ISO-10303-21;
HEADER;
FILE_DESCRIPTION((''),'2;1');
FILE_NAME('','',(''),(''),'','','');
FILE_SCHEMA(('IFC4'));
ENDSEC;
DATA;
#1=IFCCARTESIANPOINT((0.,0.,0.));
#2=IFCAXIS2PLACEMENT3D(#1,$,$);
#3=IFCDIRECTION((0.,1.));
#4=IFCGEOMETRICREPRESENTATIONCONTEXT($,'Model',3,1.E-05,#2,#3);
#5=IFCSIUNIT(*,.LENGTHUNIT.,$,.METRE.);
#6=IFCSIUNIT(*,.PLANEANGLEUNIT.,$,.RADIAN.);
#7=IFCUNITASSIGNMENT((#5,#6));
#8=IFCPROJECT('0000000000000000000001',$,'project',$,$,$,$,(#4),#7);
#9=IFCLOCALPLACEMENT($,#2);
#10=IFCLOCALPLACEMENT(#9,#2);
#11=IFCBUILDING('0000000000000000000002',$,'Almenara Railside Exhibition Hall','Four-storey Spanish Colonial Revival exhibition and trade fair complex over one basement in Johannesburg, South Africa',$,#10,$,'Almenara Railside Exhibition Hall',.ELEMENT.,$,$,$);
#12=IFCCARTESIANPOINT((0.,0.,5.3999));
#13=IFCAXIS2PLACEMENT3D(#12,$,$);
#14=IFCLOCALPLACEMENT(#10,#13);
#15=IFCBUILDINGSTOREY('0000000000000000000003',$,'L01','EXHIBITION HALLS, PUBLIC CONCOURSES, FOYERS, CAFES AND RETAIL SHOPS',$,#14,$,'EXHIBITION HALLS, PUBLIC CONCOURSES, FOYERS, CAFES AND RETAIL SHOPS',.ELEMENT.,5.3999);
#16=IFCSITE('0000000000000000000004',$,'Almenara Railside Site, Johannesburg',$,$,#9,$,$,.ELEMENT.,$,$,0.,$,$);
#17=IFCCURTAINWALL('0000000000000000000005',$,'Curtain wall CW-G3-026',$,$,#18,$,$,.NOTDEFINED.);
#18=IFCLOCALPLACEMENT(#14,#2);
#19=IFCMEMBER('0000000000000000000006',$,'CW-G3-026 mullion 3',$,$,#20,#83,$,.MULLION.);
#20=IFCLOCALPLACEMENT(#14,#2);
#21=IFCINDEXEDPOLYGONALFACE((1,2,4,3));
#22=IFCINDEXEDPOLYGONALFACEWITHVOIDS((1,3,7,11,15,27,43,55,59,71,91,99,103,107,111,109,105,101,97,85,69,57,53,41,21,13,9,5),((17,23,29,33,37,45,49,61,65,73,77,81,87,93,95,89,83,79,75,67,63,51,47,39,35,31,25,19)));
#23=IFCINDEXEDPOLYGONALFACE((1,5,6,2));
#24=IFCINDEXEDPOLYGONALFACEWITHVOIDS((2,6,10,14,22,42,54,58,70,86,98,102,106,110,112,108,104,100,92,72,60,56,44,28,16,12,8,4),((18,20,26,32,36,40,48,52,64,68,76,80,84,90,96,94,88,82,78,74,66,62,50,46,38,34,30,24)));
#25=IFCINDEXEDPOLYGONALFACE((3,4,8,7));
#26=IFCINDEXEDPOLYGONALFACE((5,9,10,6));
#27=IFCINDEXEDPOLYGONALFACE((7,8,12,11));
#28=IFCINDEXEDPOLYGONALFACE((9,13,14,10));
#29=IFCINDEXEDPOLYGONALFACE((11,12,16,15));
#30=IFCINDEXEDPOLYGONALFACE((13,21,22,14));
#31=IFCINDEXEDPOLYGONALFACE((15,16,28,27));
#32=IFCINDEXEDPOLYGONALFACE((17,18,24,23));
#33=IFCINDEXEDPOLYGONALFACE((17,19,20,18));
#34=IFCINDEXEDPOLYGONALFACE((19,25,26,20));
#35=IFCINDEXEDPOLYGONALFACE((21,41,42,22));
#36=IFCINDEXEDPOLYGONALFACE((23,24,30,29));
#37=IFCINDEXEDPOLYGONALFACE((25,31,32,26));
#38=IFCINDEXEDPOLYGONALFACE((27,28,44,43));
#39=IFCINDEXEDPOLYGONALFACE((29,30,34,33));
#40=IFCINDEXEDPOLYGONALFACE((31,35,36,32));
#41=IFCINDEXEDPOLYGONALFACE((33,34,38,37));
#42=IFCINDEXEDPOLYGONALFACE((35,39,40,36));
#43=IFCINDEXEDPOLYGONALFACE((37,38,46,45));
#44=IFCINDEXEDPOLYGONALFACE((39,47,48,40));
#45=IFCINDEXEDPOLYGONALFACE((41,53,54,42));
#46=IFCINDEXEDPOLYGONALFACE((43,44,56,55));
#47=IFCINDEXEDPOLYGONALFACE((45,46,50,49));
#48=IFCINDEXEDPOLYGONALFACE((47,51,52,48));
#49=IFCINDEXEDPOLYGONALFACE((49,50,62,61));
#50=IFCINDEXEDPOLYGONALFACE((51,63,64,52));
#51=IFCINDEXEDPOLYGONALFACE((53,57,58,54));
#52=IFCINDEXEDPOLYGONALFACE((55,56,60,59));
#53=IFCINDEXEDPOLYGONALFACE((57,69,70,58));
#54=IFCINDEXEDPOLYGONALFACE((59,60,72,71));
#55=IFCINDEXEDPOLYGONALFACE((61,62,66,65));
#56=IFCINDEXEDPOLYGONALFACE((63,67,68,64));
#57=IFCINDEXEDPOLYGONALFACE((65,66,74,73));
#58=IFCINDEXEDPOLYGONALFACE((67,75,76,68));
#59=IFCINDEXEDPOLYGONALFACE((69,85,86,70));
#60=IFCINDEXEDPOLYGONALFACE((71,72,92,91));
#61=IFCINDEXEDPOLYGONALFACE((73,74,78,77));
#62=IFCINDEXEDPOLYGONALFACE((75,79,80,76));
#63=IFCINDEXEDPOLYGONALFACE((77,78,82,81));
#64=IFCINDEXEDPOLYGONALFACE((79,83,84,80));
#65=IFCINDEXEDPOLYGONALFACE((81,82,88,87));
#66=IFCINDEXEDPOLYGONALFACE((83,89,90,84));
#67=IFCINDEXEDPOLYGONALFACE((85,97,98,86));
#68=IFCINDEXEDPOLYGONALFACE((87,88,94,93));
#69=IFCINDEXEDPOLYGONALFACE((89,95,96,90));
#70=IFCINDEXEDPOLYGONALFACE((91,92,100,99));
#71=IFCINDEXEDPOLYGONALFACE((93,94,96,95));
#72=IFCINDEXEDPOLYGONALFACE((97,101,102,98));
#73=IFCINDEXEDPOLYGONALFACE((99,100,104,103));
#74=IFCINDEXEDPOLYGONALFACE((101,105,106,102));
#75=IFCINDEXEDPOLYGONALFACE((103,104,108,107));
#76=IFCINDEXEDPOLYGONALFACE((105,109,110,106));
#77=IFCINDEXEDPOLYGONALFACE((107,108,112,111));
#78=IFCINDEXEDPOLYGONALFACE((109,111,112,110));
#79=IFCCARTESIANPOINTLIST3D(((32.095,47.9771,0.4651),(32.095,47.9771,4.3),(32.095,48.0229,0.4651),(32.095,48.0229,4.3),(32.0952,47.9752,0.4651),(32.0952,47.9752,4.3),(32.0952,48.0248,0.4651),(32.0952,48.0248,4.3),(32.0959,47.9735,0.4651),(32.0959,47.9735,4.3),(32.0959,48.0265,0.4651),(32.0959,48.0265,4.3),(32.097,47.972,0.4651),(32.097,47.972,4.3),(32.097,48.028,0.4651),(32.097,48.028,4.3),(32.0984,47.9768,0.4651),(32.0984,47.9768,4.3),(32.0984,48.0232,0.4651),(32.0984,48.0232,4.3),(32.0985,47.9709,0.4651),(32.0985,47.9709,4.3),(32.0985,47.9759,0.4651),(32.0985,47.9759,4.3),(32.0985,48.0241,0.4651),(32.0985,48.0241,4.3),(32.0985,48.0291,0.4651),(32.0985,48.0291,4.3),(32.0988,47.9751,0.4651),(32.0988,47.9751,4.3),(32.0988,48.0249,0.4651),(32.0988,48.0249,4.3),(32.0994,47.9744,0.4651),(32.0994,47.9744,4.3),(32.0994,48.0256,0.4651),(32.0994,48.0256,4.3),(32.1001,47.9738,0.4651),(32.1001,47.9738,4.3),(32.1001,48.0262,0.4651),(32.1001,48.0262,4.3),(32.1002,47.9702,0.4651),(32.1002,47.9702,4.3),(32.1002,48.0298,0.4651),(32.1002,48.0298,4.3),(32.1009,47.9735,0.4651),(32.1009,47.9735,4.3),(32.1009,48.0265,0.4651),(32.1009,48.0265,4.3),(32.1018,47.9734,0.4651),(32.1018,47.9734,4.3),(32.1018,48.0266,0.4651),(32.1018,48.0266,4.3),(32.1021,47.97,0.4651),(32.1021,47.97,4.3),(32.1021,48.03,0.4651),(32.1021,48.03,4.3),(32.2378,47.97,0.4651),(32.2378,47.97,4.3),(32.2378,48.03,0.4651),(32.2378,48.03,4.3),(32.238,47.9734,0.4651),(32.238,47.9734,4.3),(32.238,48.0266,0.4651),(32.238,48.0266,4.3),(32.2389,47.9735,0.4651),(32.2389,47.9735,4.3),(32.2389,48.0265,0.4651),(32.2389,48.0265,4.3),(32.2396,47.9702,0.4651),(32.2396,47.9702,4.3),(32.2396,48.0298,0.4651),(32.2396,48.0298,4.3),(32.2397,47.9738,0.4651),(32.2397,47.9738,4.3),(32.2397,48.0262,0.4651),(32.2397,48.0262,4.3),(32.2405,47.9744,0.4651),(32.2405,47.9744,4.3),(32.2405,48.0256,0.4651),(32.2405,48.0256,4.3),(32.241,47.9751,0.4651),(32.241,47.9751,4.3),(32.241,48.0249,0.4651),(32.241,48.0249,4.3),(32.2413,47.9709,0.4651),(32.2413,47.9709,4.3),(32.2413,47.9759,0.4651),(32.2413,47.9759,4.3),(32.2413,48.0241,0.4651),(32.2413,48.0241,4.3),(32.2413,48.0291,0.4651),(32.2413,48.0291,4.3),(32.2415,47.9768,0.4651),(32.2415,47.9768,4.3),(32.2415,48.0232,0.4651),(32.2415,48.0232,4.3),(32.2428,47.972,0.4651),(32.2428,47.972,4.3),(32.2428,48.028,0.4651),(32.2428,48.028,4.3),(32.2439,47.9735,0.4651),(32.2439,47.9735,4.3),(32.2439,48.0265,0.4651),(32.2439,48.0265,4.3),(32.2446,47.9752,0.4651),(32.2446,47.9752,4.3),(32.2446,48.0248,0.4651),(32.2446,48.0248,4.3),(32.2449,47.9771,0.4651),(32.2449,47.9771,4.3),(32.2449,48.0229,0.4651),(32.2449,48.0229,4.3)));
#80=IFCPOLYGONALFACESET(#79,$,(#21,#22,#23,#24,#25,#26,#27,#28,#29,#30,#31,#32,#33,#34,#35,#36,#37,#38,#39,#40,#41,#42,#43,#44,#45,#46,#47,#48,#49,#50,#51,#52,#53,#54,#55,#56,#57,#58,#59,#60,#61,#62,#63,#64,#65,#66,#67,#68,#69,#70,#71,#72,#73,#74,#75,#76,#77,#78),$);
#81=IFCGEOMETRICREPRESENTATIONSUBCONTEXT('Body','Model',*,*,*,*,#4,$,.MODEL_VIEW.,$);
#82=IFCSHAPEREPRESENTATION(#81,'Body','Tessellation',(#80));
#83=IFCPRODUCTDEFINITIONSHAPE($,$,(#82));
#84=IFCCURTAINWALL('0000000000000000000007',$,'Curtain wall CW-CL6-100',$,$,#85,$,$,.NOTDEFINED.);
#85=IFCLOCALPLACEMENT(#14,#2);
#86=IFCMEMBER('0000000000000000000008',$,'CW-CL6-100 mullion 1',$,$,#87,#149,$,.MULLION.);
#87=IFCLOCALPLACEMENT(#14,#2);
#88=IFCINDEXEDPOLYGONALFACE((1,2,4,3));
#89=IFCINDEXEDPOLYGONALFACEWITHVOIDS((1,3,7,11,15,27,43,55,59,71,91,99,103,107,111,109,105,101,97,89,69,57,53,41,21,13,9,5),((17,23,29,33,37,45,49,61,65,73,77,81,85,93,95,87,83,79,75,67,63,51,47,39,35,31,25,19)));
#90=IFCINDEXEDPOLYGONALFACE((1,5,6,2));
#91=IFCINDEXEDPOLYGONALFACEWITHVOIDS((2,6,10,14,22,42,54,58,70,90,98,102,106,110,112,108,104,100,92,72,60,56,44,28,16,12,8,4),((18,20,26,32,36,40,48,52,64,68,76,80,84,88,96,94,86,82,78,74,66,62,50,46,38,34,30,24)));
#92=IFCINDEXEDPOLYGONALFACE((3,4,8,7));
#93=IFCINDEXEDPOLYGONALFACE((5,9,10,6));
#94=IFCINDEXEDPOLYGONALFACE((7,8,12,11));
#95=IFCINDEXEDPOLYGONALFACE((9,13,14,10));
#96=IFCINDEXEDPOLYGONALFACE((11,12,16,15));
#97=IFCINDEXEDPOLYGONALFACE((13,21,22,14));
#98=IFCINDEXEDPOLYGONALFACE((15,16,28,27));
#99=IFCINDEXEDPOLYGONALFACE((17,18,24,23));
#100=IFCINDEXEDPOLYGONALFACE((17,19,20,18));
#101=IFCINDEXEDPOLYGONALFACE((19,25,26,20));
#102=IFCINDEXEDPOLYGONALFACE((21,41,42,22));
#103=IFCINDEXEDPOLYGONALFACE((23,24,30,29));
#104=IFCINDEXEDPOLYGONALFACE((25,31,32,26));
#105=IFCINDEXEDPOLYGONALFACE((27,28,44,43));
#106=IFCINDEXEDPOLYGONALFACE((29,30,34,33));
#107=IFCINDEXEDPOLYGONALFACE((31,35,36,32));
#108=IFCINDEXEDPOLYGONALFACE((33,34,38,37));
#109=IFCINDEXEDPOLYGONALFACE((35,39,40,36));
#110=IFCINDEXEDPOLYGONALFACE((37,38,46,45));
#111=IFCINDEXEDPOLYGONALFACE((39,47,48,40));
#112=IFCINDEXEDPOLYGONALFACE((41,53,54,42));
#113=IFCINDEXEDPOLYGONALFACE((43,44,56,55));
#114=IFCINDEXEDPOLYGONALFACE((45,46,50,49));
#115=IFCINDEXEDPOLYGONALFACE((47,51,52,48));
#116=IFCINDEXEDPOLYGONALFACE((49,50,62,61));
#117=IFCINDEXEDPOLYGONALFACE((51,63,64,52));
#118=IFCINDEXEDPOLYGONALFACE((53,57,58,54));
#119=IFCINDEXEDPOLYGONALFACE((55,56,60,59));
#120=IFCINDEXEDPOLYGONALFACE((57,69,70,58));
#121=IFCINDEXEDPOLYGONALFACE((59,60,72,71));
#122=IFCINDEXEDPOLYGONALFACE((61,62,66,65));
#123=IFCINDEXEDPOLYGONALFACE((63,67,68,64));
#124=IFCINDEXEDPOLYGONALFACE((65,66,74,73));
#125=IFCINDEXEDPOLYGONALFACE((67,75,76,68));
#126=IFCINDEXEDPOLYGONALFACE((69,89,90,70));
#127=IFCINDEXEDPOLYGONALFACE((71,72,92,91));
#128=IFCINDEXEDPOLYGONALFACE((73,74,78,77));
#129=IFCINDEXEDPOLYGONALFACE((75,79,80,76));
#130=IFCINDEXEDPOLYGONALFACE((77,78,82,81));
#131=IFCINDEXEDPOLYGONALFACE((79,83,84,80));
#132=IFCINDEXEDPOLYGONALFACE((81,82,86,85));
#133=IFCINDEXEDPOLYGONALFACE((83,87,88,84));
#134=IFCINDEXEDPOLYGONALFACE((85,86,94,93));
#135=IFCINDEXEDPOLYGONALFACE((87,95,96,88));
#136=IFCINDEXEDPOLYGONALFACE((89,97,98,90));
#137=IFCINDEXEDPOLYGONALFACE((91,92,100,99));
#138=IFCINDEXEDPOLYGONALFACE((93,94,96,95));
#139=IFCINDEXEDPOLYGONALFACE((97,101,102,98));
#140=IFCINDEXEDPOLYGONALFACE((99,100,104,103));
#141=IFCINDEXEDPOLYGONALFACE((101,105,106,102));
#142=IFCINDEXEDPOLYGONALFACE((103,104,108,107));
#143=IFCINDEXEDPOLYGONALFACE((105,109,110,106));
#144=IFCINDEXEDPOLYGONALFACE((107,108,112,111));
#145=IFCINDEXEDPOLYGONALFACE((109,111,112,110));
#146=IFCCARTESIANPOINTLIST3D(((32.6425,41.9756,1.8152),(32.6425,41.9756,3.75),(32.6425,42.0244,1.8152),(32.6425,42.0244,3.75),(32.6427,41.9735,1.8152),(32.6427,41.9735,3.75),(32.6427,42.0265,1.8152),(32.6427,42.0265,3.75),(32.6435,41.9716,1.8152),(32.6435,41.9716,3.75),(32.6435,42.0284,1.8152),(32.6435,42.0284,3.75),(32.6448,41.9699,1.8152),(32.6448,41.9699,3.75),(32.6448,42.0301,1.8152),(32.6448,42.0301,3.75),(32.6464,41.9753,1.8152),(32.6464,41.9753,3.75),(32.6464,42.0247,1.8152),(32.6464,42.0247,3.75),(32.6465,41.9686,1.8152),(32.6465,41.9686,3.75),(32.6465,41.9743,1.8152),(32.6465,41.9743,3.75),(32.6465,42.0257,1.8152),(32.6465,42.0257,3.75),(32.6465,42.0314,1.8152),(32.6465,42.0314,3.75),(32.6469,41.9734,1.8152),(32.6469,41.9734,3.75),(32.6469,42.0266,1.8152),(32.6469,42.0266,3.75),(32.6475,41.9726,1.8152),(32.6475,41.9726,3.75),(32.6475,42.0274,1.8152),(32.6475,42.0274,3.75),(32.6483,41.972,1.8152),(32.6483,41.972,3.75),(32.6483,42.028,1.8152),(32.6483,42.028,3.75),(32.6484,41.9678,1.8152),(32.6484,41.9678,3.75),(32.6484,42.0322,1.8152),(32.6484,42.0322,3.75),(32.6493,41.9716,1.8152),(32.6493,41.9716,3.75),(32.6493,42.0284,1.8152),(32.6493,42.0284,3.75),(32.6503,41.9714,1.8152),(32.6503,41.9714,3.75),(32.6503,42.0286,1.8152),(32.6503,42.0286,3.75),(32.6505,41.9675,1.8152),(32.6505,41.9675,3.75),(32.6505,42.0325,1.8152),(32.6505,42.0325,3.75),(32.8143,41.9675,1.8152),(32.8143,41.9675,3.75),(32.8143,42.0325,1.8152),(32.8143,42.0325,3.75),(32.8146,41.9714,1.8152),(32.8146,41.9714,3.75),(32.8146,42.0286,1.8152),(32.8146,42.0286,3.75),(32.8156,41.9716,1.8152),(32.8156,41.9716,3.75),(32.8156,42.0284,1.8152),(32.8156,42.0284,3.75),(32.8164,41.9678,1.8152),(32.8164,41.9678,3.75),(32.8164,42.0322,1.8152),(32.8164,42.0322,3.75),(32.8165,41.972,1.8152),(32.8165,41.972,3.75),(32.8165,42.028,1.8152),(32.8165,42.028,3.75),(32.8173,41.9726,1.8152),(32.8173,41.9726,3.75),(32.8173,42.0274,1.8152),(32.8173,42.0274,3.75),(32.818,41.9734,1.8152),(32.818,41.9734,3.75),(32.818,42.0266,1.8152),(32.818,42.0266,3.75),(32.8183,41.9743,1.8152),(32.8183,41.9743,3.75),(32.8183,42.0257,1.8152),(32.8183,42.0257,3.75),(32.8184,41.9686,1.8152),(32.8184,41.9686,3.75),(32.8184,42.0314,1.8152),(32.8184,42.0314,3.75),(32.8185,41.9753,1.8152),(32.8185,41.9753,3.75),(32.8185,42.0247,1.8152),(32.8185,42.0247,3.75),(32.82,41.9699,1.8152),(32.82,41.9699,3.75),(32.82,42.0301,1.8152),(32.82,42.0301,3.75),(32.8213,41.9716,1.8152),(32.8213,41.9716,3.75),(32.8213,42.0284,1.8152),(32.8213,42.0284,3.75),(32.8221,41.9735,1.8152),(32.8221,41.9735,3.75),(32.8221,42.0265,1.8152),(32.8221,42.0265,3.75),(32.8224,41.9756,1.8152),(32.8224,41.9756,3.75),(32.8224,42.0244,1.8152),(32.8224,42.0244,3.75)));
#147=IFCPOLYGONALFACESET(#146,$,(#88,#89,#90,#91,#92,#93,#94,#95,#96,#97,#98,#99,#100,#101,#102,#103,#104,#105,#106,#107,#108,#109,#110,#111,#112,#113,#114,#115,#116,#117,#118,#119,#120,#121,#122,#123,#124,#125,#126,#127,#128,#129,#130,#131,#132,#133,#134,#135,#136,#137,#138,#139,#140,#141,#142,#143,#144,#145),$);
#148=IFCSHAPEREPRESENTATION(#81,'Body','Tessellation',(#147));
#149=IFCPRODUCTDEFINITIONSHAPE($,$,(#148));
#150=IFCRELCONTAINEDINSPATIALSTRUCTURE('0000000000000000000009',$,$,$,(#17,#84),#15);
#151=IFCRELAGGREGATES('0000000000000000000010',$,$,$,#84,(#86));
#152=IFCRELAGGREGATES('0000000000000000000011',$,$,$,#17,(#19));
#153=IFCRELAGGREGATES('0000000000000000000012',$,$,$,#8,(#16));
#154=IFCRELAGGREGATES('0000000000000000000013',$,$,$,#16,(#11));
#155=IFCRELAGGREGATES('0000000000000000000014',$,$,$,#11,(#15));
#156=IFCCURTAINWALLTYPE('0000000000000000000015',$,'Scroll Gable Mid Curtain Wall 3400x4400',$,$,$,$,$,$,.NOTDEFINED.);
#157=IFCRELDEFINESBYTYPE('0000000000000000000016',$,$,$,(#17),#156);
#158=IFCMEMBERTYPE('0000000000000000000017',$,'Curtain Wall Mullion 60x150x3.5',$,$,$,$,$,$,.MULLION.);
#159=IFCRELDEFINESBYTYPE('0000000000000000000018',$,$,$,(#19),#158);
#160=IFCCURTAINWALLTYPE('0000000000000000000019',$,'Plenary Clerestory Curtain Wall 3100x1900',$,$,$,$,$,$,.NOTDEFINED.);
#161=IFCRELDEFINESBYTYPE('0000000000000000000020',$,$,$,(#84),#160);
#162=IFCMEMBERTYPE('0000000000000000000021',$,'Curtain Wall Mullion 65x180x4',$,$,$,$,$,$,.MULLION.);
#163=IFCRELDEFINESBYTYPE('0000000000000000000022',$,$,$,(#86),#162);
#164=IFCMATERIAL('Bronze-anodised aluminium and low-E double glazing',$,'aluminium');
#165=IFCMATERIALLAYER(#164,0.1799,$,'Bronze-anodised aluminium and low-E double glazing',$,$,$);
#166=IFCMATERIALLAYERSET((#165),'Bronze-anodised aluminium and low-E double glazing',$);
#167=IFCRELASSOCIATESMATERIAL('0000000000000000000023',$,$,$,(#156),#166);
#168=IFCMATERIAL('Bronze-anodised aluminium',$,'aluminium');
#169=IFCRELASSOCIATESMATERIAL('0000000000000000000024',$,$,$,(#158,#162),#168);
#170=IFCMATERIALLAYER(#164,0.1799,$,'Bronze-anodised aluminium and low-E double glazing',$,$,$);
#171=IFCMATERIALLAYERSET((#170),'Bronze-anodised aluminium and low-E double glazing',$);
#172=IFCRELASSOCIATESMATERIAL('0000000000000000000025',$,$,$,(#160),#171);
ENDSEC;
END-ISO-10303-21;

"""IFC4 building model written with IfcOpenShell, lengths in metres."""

from ifc_helpers import new_model, si_unit, direction, frame, origin, origin_2d, place, context, subcontext, project, spatial, hollow_rectangle, extrude, material, layer, layer_set, material_profile, profile_set, type_object, element, aggregate, save


model = new_model("IFC4")

# Units and contexts
model_context = context("Model", 3, precision=1e-05, world=origin(), true_north=direction((0.0, 1.0)))
body_context = subcontext(model_context, "Body", "Model", "MODEL_VIEW")
ifc_project = project(units=[si_unit("LENGTHUNIT", "METRE"), si_unit("PLANEANGLEUNIT", "RADIAN")], contexts=[model_context])

# Site, building, storey
site_placement = place(None, origin())
site = spatial("IfcSite", under=ifc_project, at=site_placement, Name="Almenara Railside Site, Johannesburg", CompositionType="ELEMENT", RefElevation=0.0)
building_placement = place(site_placement, origin())
building = spatial("IfcBuilding", under=site, at=building_placement, Name="Almenara Railside Exhibition Hall", Description="Four-storey Spanish Colonial Revival exhibition and trade fair complex over one basement in Johannesburg, South Africa", LongName="Almenara Railside Exhibition Hall", CompositionType="ELEMENT")
storey_placement = place(building_placement, frame((0.0, 0.0, 5.3999)))
storey = spatial("IfcBuildingStorey", under=building, at=storey_placement, Name="L01", Description="EXHIBITION HALLS, PUBLIC CONCOURSES, FOYERS, CAFES AND RETAIL SHOPS", LongName="EXHIBITION HALLS, PUBLIC CONCOURSES, FOYERS, CAFES AND RETAIL SHOPS", CompositionType="ELEMENT", Elevation=5.3999)

# Shared definitions
ifc_material_1 = material(Name="Bronze-anodised aluminium and low-E double glazing", Category="aluminium")
ifc_layer_1 = layer(ifc_material_1, 0.1799, Name="Bronze-anodised aluminium and low-E double glazing")
ifc_layer_set_1 = layer_set([ifc_layer_1], Name="Bronze-anodised aluminium and low-E double glazing")
curtain_wall_type_1 = type_object("IfcCurtainWallType", Name="Scroll Gable Mid Curtain Wall 3400x4400", PredefinedType="NOTDEFINED", material=ifc_layer_set_1)
ifc_material_2 = material(Name="Bronze-anodised aluminium", Category="aluminium")

# Curtain walls, members
curtain_wall_1_placement = place(storey_placement, origin())
curtain_wall_1 = element("IfcCurtainWall", 1, at=curtain_wall_1_placement, inside=storey, type_object=curtain_wall_type_1, Name="Curtain wall CW-G3-026", PredefinedType="NOTDEFINED")
ifc_material_profile_1 = material_profile(ifc_material_2, hollow_rectangle(XDim=0.0601, YDim=0.1499, WallThickness=0.0034, InnerFilletRadius=0.0034, OuterFilletRadius=0.0071, at=origin_2d()), Name="ALU-MUL 60x150x3.5")
ifc_profile_set_1 = profile_set([ifc_material_profile_1], Name="Bronze-anodised aluminium")
member_type_1 = type_object("IfcMemberType", Name="Curtain Wall Mullion 60x150x3.5", PredefinedType="MULLION", material=ifc_profile_set_1)
member_1_placement = place(storey_placement, frame((32.1699, 48.0, 0.4651), z_axis=(0.0, 0.0, 1.0), x_axis=(0.0, 1.0, 0.0)))
member_1 = element("IfcMember", 2, at=member_1_placement, type_object=member_type_1, Name="CW-G3-026 mullion 3", PredefinedType="MULLION", context=body_context, shape_type="SweptSolid", body=[
    extrude(hollow_rectangle(XDim=0.0601, YDim=0.1499, WallThickness=0.0034, InnerFilletRadius=0.0034, OuterFilletRadius=0.0071, at=origin_2d()), origin(), (0.0, 0.0, 1.0), 3.835),
])
ifc_layer_2 = layer(ifc_material_1, 0.1799, Name="Bronze-anodised aluminium and low-E double glazing")
ifc_layer_set_2 = layer_set([ifc_layer_2], Name="Bronze-anodised aluminium and low-E double glazing")
curtain_wall_type_2 = type_object("IfcCurtainWallType", Name="Plenary Clerestory Curtain Wall 3100x1900", PredefinedType="NOTDEFINED", material=ifc_layer_set_2)
curtain_wall_2_placement = place(storey_placement, origin())
curtain_wall_2 = element("IfcCurtainWall", 3, at=curtain_wall_2_placement, inside=storey, type_object=curtain_wall_type_2, Name="Curtain wall CW-CL6-100", PredefinedType="NOTDEFINED")
ifc_material_profile_2 = material_profile(ifc_material_2, hollow_rectangle(XDim=0.0649, YDim=0.1799, WallThickness=0.0039, InnerFilletRadius=0.0039, OuterFilletRadius=0.0081, at=origin_2d()), Name="ALU-MUL 65x180x4")
ifc_profile_set_2 = profile_set([ifc_material_profile_2], Name="Bronze-anodised aluminium")
member_type_2 = type_object("IfcMemberType", Name="Curtain Wall Mullion 65x180x4", PredefinedType="MULLION", material=ifc_profile_set_2)
member_2_placement = place(storey_placement, frame((32.7324, 42.0, 1.8152), z_axis=(0.0, 0.0, 1.0), x_axis=(0.0, 1.0, 0.0)))
member_2 = element("IfcMember", 4, at=member_2_placement, type_object=member_type_2, Name="CW-CL6-100 mullion 1", PredefinedType="MULLION", context=body_context, shape_type="SweptSolid", body=[
    extrude(hollow_rectangle(XDim=0.0649, YDim=0.1799, WallThickness=0.0039, InnerFilletRadius=0.0039, OuterFilletRadius=0.0081, at=origin_2d()), origin(), (0.0, 0.0, 1.0), 1.9348),
])

aggregate(curtain_wall_2, [member_2])
aggregate(curtain_wall_1, [member_1])

save(model, "model.ifc")
